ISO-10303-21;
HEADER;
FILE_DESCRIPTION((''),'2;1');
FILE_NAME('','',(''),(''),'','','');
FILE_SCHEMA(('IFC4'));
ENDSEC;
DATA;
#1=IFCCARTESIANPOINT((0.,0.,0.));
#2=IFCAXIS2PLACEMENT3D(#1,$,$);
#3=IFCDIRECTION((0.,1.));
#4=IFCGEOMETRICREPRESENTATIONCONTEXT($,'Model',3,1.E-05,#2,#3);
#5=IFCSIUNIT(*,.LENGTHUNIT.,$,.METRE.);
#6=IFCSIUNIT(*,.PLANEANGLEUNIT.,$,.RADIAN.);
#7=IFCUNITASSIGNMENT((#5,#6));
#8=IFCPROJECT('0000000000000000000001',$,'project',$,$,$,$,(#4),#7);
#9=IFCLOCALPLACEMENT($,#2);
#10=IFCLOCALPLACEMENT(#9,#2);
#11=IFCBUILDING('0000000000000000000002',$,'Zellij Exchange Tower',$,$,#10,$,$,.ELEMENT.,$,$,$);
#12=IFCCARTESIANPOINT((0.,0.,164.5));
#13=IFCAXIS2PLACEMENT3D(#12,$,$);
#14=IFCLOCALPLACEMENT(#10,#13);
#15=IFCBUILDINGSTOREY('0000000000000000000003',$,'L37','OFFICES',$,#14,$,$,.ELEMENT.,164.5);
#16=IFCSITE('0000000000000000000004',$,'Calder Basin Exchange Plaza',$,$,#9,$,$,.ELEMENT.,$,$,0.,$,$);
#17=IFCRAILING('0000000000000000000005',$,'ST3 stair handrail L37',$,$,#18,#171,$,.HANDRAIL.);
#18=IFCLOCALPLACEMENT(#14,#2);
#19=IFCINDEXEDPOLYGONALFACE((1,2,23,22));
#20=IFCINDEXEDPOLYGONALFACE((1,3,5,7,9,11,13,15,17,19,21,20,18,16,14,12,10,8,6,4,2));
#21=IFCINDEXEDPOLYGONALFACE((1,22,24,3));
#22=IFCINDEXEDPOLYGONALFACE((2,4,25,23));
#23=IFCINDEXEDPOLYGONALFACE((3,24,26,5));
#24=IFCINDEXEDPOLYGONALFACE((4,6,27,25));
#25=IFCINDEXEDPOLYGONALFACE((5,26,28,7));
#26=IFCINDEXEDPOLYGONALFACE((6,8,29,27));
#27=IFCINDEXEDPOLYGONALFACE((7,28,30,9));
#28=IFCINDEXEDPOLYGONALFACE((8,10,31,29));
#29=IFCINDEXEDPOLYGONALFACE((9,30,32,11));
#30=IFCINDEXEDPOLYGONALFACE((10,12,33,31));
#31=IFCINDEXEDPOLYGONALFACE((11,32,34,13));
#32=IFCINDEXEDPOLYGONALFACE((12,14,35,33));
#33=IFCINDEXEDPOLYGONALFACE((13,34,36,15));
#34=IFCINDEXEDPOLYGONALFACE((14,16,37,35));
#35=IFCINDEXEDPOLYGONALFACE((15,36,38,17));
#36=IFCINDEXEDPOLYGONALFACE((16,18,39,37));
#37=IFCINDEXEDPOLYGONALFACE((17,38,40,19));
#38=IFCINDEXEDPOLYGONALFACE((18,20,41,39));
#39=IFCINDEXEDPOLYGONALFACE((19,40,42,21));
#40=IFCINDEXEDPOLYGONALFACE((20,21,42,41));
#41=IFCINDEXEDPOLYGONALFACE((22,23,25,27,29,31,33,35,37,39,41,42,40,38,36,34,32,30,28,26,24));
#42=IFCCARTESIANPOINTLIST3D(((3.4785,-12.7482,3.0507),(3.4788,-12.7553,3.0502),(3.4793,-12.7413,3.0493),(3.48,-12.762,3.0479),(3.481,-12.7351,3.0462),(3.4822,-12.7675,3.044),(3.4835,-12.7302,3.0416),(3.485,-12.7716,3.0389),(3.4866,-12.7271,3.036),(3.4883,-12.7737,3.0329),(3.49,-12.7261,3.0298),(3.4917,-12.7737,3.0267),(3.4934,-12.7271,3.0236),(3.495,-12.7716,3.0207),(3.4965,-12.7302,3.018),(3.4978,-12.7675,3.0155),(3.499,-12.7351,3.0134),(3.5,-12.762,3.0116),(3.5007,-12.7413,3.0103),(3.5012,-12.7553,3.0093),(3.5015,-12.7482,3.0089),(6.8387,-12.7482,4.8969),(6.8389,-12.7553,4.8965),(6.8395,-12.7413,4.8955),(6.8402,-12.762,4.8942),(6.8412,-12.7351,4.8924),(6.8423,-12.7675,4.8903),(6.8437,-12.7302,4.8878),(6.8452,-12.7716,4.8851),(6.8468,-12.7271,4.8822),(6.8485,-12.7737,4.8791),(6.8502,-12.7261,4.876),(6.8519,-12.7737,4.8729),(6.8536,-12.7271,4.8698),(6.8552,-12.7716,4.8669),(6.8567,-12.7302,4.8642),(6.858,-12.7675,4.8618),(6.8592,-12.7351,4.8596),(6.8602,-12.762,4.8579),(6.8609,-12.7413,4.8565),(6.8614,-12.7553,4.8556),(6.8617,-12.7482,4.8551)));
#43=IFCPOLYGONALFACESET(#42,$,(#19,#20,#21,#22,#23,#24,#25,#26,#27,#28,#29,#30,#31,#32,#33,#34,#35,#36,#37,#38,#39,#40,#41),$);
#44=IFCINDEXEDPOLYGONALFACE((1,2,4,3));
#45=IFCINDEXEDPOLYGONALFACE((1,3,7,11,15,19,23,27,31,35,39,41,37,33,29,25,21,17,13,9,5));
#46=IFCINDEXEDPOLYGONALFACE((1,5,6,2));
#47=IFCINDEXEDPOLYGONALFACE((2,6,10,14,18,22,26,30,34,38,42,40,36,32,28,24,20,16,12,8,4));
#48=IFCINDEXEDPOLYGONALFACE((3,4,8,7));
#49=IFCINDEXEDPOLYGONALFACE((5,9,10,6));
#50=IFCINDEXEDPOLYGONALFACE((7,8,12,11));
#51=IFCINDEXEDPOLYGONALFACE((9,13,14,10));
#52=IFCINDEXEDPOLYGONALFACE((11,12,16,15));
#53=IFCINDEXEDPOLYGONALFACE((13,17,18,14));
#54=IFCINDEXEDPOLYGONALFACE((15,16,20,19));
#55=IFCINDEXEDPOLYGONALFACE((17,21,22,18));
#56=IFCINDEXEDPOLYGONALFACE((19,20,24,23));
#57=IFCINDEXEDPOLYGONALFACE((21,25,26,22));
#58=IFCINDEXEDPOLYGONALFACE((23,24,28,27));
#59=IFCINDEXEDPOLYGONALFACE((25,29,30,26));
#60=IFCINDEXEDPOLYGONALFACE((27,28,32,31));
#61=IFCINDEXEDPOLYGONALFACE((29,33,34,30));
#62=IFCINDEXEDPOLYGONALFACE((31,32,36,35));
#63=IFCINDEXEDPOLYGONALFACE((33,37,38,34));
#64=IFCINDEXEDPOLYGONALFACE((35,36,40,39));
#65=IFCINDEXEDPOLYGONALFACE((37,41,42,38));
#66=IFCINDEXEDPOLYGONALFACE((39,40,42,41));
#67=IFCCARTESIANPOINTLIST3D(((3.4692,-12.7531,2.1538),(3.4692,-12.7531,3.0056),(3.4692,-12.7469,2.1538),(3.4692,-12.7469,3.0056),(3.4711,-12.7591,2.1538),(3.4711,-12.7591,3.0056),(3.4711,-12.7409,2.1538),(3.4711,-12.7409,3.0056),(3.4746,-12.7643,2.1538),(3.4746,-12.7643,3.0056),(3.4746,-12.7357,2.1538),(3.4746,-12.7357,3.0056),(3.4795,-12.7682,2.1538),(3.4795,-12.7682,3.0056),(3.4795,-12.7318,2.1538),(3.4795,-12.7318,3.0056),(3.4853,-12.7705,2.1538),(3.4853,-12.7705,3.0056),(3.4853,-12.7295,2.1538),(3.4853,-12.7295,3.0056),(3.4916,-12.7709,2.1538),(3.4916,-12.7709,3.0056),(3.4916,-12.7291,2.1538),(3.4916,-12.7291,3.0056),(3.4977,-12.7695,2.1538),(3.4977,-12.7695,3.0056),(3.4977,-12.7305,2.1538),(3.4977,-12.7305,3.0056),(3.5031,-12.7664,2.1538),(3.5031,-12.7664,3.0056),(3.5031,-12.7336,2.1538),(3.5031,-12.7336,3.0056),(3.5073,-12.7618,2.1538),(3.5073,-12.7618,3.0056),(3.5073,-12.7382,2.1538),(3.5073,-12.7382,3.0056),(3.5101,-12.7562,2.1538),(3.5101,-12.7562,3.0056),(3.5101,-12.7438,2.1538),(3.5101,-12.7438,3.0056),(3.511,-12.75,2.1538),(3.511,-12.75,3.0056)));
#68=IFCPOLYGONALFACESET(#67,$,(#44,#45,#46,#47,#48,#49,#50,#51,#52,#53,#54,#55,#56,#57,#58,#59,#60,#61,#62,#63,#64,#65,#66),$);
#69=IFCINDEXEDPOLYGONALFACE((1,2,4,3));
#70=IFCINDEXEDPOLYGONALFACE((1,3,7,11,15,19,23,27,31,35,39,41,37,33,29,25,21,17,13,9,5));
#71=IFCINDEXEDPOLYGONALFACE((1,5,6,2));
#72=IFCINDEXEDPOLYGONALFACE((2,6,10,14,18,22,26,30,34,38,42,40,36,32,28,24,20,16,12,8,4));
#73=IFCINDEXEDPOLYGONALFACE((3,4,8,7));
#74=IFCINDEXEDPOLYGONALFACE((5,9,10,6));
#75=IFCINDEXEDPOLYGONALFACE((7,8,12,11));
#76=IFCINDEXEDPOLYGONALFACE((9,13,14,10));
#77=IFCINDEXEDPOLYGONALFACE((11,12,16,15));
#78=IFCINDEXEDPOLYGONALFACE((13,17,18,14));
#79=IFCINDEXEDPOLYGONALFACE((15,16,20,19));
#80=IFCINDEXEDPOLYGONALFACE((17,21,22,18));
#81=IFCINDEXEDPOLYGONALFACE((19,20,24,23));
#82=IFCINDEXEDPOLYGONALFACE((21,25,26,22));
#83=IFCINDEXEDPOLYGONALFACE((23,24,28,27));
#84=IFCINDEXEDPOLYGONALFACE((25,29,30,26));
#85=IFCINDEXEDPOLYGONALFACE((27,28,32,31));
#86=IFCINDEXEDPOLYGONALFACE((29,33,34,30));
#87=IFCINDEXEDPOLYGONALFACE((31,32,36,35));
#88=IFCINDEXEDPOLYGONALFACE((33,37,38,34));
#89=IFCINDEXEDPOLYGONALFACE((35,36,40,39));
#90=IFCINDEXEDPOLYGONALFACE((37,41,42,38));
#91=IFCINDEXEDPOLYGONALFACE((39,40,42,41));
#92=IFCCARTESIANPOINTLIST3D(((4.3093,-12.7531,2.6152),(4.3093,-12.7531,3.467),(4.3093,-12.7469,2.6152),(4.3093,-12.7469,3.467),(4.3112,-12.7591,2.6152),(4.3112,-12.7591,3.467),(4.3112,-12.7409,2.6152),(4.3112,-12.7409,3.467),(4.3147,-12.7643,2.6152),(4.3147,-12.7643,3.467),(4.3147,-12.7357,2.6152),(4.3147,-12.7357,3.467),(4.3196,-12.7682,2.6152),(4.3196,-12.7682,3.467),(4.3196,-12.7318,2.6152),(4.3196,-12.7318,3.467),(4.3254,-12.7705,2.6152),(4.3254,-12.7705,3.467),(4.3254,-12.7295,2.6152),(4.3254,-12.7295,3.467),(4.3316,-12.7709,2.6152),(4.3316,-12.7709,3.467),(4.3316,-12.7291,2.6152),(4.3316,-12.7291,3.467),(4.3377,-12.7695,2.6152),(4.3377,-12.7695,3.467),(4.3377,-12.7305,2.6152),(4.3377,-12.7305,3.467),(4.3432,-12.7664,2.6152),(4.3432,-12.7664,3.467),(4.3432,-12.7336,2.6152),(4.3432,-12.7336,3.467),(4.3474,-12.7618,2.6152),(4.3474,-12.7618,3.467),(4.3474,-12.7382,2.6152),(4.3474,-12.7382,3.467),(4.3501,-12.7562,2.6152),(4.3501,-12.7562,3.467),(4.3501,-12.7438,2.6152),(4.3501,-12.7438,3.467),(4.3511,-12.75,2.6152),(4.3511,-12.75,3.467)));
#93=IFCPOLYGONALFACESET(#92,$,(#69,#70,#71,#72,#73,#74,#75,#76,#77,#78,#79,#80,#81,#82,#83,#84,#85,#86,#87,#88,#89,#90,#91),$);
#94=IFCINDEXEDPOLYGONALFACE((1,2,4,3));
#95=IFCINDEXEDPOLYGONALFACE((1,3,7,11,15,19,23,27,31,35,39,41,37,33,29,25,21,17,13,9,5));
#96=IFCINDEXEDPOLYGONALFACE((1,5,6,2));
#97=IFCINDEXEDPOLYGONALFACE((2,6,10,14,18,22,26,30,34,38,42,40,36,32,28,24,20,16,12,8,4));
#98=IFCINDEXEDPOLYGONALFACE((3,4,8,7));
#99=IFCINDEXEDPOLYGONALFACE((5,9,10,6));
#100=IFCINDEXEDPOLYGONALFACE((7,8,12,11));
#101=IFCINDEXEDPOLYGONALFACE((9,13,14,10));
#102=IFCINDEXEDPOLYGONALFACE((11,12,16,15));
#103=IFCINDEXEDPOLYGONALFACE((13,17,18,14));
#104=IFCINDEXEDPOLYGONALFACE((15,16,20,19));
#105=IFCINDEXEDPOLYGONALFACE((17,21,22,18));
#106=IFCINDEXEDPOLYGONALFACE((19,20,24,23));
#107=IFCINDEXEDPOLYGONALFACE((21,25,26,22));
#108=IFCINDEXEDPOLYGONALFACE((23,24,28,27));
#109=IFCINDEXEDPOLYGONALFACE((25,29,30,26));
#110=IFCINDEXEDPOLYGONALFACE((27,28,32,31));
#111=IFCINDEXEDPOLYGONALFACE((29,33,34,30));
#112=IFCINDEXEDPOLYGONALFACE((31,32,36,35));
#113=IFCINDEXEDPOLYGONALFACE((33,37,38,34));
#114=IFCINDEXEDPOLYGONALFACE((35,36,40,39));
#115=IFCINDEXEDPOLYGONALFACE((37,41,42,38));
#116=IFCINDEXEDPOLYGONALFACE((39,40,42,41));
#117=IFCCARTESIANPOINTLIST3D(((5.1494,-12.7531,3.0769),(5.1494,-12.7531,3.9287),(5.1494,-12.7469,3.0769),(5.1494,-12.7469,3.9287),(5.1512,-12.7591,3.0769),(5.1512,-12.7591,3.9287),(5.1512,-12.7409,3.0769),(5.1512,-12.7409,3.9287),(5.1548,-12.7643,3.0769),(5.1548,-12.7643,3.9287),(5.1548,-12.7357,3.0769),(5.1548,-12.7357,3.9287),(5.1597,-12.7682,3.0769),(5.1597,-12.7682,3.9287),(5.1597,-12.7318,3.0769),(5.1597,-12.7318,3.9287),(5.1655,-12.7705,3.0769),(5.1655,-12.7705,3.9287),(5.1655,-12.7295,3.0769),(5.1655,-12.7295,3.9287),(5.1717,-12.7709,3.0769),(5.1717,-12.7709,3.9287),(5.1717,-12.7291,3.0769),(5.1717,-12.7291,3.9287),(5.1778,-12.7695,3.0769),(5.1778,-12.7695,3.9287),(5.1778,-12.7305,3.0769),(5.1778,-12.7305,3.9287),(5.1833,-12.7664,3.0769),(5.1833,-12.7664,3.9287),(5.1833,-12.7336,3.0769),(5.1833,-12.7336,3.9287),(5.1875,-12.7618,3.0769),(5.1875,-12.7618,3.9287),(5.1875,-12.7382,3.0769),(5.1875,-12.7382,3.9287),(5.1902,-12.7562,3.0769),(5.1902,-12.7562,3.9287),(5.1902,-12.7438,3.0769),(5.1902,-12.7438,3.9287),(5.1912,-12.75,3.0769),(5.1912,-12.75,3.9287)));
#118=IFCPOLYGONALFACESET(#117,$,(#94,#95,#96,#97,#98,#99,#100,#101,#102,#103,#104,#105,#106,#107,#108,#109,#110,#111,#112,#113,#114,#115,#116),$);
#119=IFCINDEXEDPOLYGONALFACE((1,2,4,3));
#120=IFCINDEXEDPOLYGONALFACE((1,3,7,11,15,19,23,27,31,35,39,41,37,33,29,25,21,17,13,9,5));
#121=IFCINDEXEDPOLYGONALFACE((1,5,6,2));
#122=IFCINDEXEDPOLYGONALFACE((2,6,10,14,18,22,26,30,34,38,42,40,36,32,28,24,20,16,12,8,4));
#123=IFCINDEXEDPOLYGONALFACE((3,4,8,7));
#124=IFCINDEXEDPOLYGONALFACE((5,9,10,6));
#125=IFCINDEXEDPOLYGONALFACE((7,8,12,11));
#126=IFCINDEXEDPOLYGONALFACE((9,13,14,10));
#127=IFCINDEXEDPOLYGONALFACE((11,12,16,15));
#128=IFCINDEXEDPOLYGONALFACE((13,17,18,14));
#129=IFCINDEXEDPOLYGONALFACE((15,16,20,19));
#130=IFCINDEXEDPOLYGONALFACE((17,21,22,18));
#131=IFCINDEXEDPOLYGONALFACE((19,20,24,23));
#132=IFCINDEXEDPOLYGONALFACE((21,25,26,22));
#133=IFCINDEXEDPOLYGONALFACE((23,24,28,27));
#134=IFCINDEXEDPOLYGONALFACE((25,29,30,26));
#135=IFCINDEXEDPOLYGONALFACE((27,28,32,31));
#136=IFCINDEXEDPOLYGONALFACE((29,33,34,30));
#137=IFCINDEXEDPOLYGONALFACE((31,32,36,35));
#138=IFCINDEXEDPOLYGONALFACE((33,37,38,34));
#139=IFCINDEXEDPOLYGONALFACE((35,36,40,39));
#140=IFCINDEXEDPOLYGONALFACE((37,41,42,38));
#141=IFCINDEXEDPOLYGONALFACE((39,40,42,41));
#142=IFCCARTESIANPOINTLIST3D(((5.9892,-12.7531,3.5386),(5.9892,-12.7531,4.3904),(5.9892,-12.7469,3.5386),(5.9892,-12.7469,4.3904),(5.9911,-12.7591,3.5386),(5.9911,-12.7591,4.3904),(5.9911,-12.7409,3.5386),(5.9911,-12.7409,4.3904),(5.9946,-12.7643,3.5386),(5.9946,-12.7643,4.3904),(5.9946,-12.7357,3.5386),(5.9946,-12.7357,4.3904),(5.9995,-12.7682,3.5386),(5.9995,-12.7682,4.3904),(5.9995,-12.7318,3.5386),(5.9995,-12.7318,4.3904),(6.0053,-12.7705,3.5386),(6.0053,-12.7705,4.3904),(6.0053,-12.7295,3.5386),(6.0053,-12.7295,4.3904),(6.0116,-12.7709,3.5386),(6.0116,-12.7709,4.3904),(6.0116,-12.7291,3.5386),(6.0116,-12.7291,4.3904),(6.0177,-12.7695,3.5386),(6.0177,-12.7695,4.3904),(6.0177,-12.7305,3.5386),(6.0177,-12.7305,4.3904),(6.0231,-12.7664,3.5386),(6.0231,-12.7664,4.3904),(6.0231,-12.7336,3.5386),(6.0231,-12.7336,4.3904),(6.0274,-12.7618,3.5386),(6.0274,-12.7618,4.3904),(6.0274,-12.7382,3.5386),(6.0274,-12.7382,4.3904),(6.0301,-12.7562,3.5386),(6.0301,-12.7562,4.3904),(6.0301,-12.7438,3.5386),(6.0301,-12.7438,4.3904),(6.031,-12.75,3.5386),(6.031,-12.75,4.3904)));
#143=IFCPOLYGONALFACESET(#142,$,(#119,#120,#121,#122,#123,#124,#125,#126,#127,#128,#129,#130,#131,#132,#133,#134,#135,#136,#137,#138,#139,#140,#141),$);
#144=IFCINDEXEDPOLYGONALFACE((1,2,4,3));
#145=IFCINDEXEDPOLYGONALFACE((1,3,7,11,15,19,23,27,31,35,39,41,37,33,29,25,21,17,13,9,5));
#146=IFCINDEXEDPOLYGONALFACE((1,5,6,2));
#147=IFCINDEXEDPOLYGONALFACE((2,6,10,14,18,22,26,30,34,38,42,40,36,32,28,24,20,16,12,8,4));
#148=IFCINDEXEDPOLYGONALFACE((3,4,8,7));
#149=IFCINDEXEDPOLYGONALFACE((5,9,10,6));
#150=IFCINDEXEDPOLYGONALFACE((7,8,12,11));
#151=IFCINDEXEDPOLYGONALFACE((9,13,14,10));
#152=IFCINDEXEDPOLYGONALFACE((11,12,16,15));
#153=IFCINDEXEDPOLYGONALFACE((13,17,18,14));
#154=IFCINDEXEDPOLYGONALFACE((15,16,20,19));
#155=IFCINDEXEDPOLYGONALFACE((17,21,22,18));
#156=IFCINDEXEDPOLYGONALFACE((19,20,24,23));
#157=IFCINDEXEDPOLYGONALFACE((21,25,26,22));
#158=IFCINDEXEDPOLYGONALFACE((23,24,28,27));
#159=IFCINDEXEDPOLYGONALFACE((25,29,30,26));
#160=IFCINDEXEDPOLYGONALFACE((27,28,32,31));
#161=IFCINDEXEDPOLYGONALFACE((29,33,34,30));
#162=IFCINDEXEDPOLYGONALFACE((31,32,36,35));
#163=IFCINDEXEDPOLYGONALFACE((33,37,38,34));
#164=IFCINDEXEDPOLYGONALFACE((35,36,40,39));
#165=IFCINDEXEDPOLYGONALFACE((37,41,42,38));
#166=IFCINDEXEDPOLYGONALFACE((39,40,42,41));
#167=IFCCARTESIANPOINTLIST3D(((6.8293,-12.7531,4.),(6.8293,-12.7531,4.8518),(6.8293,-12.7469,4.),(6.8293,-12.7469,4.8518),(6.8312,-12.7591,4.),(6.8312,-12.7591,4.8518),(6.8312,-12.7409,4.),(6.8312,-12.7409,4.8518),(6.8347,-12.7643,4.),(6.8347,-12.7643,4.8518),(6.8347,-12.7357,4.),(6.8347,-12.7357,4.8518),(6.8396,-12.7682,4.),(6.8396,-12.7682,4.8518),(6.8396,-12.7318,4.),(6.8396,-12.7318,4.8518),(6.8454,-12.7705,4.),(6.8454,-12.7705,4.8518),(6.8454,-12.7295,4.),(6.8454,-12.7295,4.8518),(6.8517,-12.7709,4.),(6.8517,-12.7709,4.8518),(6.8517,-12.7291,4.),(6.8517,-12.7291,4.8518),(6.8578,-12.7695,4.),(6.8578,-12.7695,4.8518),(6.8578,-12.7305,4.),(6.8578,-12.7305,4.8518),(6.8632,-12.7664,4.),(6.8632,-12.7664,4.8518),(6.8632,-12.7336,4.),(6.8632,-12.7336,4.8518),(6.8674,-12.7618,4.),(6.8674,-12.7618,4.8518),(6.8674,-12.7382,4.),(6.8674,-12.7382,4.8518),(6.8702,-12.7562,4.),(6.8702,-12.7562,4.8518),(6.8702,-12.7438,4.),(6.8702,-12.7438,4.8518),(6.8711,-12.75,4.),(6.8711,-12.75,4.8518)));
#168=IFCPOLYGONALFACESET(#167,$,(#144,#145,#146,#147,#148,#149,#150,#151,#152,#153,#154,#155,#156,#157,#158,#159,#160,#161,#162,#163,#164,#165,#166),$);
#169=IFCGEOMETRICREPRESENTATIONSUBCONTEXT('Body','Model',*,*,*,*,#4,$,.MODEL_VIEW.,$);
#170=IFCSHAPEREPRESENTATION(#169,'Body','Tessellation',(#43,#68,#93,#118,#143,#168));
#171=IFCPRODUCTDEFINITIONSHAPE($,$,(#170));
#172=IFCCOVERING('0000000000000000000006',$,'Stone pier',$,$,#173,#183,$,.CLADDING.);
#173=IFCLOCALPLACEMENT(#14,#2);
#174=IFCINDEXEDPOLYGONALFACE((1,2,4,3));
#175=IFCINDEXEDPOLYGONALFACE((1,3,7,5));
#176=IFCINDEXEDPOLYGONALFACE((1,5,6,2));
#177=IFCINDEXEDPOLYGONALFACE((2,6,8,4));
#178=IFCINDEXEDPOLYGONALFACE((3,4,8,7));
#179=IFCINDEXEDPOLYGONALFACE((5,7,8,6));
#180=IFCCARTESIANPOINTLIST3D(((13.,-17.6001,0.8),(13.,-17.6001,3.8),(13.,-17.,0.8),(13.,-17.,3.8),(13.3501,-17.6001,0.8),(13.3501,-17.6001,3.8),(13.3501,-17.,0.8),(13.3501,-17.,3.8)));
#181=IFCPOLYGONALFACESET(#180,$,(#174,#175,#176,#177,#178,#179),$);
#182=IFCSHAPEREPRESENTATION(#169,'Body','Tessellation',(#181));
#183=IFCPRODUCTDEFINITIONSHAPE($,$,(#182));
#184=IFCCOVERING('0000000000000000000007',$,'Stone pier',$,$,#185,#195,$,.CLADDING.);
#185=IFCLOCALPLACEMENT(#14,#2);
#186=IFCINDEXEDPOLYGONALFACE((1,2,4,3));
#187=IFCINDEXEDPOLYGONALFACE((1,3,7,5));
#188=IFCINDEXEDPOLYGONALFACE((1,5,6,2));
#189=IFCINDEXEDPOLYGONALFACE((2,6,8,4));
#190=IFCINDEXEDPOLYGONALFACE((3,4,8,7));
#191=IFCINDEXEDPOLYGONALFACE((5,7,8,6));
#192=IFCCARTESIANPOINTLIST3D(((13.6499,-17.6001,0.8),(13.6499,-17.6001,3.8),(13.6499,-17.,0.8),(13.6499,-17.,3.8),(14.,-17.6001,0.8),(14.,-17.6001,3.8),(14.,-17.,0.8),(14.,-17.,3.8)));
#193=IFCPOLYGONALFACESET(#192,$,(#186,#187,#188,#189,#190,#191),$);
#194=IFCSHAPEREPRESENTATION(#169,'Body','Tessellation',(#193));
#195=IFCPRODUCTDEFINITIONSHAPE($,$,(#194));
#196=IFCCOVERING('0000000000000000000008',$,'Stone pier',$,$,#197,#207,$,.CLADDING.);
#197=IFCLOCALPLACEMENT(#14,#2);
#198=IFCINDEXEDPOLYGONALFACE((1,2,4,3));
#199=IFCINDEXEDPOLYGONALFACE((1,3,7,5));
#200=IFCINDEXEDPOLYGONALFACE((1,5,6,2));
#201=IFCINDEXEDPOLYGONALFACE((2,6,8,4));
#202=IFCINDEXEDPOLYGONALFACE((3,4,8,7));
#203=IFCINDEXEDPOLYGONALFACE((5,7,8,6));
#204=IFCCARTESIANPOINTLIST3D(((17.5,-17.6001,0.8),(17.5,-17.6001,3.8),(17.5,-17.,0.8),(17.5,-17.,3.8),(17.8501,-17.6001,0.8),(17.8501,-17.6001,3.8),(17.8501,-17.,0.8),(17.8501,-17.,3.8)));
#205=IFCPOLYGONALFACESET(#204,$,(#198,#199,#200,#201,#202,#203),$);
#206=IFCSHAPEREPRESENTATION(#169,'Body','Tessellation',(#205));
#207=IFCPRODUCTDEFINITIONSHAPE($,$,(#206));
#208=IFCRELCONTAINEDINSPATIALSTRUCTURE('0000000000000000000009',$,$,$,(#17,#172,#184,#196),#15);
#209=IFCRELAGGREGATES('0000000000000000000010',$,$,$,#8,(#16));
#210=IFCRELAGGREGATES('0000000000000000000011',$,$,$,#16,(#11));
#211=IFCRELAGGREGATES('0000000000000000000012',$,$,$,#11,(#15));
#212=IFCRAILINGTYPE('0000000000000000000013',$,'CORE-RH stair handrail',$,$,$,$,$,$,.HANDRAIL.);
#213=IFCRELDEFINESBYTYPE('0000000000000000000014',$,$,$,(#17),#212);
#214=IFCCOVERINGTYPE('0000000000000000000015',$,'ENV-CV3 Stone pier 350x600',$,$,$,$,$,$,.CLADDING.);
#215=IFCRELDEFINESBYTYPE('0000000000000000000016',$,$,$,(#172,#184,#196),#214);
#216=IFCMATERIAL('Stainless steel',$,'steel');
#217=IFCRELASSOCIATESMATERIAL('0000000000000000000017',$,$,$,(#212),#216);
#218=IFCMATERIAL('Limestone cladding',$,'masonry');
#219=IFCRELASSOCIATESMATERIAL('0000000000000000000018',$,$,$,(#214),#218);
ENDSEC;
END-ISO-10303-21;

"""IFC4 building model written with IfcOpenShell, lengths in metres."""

from ifc_helpers import new_model, si_unit, direction, frame, origin, origin_2d, place, context, subcontext, project, spatial, polyline, circle, outline, extrude, material, type_object, element, save


model = new_model("IFC4")

# Units and contexts
model_context = context("Model", 3, precision=1e-05, world=origin(), true_north=direction((0.0, 1.0)))
body_context = subcontext(model_context, "Body", "Model", "MODEL_VIEW")
ifc_project = project(units=[si_unit("LENGTHUNIT", "METRE"), si_unit("PLANEANGLEUNIT", "RADIAN")], contexts=[model_context])

# Site, building, storey
site_placement = place(None, origin())
site = spatial("IfcSite", under=ifc_project, at=site_placement, Name="Calder Basin Exchange Plaza", CompositionType="ELEMENT", RefElevation=0.0)
building_placement = place(site_placement, origin())
building = spatial("IfcBuilding", under=site, at=building_placement, Name="Zellij Exchange Tower", CompositionType="ELEMENT")
storey_placement = place(building_placement, frame((0.0, 0.0, 164.5)))
storey = spatial("IfcBuildingStorey", under=building, at=storey_placement, Name="L37", Description="OFFICES", CompositionType="ELEMENT", Elevation=164.5)

# Railing
ifc_material_1 = material(Name="Stainless steel", Category="steel")
railing_type_1 = type_object("IfcRailingType", Name="CORE-RH stair handrail", PredefinedType="HANDRAIL", material=ifc_material_1)
railing_1_placement = place(storey_placement, frame((3.49, -12.75, 2.1538)))
element("IfcRailing", 1, at=railing_1_placement, inside=storey, type_object=railing_type_1, Name="ST3 stair handrail L37", PredefinedType="HANDRAIL", context=body_context, shape_type="SweptSolid", body=[
    extrude(circle(Radius=0.0239, at=origin_2d()), frame((0.0, 0.0, 0.876), z_axis=(0.876422, 0.0, 0.481545), x_axis=(0.0, 1.0, 0.0)), (0.0, 0.0, 1.0), 3.834),
    extrude(circle(Radius=0.021, at=origin_2d()), origin(), (0.0, 0.0, 1.0), 0.8518),
    extrude(circle(Radius=0.021, at=origin_2d()), frame((0.8401, 0.0, 0.4614)), (0.0, 0.0, 1.0), 0.8518),
    extrude(circle(Radius=0.021, at=origin_2d()), frame((1.6802, 0.0, 0.9231)), (0.0, 0.0, 1.0), 0.8518),
    extrude(circle(Radius=0.021, at=origin_2d()), frame((2.52, 0.0, 1.3848)), (0.0, 0.0, 1.0), 0.8518),
    extrude(circle(Radius=0.021, at=origin_2d()), frame((3.3601, 0.0, 1.8462)), (0.0, 0.0, 1.0), 0.8518),
])

# Coverings
ifc_material_2 = material(Name="Limestone cladding", Category="masonry")
covering_type_1 = type_object("IfcCoveringType", Name="ENV-CV3 Stone pier 350x600", PredefinedType="CLADDING", material=ifc_material_2)
covering_1_placement = place(storey_placement, frame((0.0, 0.0, 0.8)))
element("IfcCovering", 2, at=covering_1_placement, inside=storey, type_object=covering_type_1, Name="Stone pier", PredefinedType="CLADDING", context=body_context, shape_type="SweptSolid", body=[
    extrude(outline(polyline([(13.0, -17.0), (13.3501, -17.0), (13.3501, -17.6001), (13.0, -17.6001), (13.0, -17.0)])), origin(), (0.0, 0.0, 1.0), 3.0),
])
covering_2_placement = place(storey_placement, frame((0.0, 0.0, 0.8)))
element("IfcCovering", 3, at=covering_2_placement, inside=storey, type_object=covering_type_1, Name="Stone pier", PredefinedType="CLADDING", context=body_context, shape_type="SweptSolid", body=[
    extrude(outline(polyline([(13.6499, -17.0), (14.0, -17.0), (14.0, -17.6001), (13.6499, -17.6001), (13.6499, -17.0)])), origin(), (0.0, 0.0, 1.0), 3.0),
])
covering_3_placement = place(storey_placement, frame((0.0, 0.0, 0.8)))
element("IfcCovering", 4, at=covering_3_placement, inside=storey, type_object=covering_type_1, Name="Stone pier", PredefinedType="CLADDING", context=body_context, shape_type="SweptSolid", body=[
    extrude(outline(polyline([(17.5, -17.0), (17.8501, -17.0), (17.8501, -17.6001), (17.5, -17.6001), (17.5, -17.0)])), origin(), (0.0, 0.0, 1.0), 3.0),
])

save(model, "model.ifc")
